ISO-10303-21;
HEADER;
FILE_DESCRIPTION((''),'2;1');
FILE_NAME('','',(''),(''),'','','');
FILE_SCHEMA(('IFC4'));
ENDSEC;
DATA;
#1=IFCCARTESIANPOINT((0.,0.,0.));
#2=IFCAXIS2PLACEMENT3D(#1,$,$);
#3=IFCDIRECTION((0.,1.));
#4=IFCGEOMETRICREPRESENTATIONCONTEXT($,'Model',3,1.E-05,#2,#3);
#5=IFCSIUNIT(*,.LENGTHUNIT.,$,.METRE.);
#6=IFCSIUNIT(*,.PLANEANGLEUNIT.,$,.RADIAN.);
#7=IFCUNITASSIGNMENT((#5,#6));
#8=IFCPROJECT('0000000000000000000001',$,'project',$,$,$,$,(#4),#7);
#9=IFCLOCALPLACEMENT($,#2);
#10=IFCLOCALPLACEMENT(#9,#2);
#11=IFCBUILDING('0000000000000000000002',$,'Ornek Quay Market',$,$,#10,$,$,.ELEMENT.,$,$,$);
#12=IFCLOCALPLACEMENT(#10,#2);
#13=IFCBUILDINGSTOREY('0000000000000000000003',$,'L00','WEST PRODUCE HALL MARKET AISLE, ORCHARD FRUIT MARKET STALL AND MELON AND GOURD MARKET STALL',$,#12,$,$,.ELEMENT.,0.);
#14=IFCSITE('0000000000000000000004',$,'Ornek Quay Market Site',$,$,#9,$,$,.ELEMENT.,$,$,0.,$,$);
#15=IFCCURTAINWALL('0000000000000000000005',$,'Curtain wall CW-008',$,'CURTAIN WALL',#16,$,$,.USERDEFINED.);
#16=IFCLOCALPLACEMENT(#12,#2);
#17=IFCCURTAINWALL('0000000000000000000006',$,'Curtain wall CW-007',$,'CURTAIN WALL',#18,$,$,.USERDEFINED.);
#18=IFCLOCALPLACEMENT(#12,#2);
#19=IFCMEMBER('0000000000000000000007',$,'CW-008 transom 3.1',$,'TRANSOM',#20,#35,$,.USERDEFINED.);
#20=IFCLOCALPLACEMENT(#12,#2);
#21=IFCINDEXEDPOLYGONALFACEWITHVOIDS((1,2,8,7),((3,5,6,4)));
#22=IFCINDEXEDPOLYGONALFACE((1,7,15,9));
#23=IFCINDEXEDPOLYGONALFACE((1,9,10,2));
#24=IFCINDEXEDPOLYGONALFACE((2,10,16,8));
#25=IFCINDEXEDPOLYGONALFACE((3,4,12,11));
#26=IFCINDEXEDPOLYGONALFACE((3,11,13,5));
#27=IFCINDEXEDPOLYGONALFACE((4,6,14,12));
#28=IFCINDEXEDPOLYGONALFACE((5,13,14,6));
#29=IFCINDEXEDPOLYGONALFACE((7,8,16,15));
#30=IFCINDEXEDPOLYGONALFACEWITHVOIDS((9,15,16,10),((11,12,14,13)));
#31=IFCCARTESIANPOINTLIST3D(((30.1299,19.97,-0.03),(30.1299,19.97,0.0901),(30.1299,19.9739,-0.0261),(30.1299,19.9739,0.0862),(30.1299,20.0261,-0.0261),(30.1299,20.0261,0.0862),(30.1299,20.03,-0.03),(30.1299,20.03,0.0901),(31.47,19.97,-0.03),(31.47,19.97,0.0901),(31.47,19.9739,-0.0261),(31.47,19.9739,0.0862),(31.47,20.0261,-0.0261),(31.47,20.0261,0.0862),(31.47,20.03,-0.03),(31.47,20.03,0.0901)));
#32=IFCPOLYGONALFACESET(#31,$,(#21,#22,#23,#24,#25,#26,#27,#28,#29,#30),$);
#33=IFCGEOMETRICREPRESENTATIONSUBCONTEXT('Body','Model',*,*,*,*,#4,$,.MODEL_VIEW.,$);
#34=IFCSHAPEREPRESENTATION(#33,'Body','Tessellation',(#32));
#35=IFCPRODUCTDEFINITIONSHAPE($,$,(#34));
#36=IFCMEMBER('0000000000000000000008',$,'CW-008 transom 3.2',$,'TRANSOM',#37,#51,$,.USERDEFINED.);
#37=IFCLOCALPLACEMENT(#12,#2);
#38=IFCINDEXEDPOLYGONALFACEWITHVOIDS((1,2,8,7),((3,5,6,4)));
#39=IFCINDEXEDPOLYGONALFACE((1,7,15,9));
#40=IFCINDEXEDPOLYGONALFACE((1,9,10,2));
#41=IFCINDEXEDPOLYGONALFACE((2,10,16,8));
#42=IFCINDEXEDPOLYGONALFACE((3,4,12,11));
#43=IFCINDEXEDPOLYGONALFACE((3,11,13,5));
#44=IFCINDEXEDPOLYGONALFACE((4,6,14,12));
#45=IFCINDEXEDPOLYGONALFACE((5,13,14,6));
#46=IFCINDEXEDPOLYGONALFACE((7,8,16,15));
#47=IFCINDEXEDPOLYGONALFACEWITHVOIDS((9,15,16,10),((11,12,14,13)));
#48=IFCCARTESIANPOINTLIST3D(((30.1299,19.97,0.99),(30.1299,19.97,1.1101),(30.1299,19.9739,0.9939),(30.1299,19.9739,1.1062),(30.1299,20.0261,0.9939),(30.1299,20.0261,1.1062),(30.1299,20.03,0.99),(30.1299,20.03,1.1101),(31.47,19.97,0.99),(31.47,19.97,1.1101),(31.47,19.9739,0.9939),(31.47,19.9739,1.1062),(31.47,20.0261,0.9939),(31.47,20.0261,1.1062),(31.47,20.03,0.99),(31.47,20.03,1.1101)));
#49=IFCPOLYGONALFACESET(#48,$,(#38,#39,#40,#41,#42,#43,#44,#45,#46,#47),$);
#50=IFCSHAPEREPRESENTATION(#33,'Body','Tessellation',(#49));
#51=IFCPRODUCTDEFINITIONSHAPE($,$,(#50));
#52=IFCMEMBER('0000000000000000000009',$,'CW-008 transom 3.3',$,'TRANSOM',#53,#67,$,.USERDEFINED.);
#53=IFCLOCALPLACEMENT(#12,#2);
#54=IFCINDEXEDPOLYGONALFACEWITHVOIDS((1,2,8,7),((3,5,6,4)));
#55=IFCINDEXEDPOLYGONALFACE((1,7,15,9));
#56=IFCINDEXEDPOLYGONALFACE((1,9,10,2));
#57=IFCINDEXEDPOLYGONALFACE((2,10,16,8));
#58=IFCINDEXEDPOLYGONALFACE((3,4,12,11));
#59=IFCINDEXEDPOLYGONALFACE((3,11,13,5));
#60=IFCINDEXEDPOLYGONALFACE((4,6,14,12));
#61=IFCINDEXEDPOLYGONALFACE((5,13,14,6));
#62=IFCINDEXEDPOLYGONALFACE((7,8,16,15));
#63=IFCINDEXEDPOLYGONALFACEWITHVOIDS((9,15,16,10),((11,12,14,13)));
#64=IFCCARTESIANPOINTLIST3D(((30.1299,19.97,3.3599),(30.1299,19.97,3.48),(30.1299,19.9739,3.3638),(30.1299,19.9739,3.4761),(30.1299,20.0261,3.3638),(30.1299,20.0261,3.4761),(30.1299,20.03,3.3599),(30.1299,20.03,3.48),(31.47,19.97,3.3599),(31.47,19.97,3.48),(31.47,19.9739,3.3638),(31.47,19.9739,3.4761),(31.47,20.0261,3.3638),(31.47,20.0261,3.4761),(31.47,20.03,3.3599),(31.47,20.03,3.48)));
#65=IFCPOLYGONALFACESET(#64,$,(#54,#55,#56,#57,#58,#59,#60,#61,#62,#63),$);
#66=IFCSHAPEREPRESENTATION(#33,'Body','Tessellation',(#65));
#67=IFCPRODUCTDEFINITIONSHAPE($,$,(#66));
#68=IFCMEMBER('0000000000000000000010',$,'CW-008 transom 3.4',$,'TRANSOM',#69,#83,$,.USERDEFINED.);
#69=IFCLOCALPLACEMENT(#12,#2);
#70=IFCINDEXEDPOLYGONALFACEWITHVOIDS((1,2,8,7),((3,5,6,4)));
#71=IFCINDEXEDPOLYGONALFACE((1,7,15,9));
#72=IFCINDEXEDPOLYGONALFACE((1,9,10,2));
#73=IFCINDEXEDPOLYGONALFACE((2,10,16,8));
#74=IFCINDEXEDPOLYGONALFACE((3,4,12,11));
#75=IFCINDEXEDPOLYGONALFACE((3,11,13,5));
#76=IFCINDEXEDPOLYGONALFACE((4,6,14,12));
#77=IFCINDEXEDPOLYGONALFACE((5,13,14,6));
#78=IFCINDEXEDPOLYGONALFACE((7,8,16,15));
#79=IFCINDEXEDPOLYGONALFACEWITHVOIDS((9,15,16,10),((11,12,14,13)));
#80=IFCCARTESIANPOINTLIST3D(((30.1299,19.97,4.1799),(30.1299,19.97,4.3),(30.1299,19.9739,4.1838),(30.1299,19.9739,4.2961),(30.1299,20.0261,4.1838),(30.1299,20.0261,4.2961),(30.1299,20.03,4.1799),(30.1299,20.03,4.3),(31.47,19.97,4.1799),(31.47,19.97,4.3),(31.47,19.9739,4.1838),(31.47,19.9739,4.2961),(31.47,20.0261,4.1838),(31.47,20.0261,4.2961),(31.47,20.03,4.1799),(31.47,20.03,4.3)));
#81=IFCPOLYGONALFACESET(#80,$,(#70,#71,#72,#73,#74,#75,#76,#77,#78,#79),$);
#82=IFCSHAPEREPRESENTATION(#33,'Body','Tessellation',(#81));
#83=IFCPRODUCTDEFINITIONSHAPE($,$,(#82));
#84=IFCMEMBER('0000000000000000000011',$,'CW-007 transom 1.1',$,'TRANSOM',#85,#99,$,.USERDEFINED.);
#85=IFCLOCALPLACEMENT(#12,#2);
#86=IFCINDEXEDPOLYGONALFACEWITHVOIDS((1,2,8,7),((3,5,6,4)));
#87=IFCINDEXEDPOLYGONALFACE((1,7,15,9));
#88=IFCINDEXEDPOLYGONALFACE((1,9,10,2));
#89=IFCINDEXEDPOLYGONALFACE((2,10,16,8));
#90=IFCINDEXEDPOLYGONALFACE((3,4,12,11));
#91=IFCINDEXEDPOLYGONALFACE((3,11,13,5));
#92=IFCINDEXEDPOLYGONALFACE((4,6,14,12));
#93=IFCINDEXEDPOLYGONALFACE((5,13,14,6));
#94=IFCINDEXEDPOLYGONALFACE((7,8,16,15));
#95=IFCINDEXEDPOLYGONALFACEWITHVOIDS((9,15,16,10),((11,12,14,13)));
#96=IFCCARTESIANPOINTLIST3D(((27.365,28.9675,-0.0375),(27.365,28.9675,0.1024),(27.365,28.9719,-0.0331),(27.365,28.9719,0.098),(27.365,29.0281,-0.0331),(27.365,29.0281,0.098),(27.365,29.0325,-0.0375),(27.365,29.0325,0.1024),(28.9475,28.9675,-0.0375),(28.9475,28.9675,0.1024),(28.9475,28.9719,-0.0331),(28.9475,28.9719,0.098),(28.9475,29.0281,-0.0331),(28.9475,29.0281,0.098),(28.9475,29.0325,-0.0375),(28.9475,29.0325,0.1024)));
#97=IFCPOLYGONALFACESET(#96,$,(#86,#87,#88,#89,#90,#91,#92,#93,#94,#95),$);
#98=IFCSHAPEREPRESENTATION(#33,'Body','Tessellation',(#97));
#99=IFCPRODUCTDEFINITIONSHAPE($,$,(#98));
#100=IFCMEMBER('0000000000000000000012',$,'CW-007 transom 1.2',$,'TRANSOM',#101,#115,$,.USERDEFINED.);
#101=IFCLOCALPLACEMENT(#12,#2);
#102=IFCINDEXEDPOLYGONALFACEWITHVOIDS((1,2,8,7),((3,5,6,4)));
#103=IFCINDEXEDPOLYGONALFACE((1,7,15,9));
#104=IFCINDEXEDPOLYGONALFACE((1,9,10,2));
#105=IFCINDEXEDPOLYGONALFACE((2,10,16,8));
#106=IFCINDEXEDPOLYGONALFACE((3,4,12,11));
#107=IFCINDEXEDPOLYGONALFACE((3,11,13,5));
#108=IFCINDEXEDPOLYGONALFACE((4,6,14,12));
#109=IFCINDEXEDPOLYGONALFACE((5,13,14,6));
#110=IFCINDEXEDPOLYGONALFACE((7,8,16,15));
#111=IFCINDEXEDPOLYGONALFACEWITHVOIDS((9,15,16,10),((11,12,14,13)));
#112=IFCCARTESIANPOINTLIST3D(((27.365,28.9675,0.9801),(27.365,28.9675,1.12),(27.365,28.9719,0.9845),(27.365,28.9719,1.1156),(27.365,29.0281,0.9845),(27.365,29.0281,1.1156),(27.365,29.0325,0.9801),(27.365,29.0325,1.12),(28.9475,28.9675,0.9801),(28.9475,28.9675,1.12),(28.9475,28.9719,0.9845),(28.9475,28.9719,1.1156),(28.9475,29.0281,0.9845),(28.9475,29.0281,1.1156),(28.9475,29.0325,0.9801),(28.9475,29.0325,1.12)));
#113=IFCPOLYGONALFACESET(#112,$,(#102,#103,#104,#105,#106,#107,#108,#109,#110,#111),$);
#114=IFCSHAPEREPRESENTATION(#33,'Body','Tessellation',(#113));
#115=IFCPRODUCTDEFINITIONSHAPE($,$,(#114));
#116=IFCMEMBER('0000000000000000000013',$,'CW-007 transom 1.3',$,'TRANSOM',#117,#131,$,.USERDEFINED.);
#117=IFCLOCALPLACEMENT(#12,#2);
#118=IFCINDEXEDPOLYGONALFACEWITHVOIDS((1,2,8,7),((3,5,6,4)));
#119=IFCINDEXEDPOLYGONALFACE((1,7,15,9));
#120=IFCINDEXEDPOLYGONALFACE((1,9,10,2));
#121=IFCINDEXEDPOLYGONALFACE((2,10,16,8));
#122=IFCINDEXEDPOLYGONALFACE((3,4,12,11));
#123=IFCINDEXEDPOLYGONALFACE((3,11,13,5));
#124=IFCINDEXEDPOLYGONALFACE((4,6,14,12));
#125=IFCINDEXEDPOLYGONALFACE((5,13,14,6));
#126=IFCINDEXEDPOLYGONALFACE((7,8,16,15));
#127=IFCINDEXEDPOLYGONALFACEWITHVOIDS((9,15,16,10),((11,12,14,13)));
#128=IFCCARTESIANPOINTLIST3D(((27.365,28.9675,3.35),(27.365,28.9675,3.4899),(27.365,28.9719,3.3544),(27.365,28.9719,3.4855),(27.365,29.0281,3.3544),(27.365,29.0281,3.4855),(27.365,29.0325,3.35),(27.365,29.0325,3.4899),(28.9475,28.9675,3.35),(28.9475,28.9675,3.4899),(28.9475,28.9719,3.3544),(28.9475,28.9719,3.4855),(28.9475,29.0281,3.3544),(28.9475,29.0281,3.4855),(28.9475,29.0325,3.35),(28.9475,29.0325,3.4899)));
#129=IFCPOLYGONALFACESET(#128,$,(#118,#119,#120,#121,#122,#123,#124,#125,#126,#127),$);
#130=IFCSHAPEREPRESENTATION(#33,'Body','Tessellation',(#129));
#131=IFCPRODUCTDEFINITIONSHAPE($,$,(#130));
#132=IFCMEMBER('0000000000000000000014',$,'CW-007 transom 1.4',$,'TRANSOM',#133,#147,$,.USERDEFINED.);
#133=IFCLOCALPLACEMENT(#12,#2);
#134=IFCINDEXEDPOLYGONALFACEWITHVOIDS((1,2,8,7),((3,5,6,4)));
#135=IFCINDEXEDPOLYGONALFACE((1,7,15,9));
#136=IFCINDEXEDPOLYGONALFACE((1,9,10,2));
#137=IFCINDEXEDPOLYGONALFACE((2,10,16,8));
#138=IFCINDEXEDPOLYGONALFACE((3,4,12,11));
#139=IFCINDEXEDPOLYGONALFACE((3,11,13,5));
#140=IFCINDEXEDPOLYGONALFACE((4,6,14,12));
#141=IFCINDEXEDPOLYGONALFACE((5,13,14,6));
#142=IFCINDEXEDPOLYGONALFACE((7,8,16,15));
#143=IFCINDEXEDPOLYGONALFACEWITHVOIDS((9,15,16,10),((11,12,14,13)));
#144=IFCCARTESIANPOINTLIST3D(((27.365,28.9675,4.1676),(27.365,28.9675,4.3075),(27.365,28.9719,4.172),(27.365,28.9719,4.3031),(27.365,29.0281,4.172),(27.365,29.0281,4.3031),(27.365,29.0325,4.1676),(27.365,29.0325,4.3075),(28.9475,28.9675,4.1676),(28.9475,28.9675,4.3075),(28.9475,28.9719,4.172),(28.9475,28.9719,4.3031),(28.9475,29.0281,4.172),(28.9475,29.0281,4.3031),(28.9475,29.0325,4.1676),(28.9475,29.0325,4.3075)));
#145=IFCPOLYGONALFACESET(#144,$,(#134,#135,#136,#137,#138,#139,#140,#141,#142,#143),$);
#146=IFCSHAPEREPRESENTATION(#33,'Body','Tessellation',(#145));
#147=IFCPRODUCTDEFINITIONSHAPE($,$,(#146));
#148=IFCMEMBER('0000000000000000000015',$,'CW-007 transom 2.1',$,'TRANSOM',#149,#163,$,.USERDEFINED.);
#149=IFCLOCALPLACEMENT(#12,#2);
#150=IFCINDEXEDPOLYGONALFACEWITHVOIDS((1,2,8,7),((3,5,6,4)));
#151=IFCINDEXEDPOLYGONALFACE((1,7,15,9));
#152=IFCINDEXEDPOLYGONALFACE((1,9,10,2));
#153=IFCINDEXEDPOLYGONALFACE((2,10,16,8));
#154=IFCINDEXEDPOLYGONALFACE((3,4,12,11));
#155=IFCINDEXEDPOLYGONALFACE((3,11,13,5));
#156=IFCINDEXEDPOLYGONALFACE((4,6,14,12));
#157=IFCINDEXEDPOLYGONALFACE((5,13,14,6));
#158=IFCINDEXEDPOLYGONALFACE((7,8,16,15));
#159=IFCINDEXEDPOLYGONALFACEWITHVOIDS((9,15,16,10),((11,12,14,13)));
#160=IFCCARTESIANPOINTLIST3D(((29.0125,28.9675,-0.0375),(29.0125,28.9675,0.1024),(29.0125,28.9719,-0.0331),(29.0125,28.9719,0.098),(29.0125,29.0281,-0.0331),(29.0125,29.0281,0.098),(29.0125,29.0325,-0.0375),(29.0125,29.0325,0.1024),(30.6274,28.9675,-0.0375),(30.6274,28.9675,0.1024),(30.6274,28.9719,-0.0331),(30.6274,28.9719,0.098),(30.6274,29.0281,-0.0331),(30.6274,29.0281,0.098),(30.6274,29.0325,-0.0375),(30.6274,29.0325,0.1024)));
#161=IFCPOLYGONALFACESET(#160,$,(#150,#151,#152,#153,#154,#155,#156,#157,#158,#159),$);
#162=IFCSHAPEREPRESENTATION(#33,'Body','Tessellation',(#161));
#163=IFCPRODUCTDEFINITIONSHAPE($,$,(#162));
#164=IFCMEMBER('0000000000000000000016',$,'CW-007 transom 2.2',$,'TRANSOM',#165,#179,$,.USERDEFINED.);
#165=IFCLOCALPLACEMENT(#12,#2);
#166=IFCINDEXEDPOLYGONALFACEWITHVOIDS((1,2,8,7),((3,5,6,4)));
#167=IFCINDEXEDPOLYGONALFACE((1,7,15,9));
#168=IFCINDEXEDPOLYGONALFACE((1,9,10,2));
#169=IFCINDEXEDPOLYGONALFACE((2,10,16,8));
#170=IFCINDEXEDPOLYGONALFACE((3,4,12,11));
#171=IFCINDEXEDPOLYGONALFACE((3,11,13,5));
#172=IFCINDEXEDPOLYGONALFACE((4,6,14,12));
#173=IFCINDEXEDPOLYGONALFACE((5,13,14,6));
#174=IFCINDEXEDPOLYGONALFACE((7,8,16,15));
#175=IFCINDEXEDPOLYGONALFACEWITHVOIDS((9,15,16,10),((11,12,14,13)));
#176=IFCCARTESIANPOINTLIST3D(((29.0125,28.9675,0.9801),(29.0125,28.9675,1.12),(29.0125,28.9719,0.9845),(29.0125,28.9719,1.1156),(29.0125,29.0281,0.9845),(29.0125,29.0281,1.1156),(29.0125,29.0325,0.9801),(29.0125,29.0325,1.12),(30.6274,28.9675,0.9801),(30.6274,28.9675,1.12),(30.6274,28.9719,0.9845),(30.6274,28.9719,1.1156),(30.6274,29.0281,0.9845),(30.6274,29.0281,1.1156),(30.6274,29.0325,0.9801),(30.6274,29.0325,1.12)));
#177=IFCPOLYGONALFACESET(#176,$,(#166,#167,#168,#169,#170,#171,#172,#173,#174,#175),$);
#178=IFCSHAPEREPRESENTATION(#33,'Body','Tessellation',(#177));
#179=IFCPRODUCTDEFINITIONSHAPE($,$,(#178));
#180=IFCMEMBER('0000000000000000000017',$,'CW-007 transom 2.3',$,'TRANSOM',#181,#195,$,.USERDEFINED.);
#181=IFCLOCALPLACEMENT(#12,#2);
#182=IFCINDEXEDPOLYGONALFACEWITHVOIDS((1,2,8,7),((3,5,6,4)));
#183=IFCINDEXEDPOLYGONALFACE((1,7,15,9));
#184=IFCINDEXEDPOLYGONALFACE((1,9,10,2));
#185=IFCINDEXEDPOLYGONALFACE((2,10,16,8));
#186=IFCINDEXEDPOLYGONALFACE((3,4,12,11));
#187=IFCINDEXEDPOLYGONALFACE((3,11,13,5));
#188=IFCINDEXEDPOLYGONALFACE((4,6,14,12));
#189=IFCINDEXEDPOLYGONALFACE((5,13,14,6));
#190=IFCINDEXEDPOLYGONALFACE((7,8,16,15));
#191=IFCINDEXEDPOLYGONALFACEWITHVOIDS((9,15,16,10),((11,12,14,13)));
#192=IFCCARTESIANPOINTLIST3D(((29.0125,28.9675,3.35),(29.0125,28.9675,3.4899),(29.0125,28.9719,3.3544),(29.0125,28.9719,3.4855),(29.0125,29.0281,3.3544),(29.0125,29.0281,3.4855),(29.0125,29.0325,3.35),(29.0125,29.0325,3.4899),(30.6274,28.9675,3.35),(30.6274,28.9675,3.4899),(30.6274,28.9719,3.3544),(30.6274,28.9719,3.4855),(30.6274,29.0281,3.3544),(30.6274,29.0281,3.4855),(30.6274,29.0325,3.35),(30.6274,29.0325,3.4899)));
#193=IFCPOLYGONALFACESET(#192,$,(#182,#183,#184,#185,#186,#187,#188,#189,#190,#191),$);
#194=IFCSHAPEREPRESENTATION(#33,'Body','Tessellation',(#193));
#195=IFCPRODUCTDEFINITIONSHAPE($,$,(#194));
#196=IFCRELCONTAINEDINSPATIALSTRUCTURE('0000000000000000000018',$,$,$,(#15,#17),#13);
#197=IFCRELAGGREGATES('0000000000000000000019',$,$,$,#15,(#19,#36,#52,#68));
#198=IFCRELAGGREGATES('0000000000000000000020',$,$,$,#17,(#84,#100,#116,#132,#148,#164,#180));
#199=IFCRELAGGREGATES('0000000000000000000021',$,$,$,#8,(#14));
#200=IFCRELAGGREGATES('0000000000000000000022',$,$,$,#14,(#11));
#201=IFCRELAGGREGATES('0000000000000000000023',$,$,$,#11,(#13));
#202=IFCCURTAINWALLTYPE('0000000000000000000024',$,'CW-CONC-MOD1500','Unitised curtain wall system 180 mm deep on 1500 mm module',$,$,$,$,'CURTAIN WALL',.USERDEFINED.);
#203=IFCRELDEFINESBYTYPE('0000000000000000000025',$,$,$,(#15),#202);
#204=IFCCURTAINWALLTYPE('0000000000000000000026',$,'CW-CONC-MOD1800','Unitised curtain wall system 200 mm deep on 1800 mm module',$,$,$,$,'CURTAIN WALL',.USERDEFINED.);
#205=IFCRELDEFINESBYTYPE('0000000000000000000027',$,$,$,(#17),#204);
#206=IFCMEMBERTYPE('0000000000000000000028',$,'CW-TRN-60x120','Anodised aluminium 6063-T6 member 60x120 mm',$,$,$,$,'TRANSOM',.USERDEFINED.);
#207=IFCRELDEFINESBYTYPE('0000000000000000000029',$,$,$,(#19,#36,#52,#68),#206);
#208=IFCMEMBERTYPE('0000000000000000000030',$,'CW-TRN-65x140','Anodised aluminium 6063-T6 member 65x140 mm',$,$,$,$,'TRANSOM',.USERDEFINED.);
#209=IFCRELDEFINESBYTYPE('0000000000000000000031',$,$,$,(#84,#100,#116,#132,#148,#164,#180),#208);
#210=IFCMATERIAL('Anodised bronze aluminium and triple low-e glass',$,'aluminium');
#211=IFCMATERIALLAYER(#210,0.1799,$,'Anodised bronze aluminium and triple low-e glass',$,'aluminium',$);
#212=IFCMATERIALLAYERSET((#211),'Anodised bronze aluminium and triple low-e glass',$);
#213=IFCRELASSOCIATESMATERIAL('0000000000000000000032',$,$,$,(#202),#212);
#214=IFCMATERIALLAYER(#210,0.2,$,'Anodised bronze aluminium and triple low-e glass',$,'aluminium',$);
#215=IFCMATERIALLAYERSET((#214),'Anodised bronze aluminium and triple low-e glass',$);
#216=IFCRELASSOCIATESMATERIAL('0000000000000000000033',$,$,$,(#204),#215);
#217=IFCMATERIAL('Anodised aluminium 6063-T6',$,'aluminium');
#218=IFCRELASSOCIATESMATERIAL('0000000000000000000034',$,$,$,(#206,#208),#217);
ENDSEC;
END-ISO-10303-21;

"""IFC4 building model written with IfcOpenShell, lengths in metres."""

from ifc_helpers import new_model, si_unit, direction, frame, origin, origin_2d, place, context, subcontext, project, spatial, hollow_rectangle, extrude, material, layer, layer_set, material_profile, profile_set, type_object, element, aggregate, save


model = new_model("IFC4")

# Units and contexts
model_context = context("Model", 3, precision=1e-05, world=origin(), true_north=direction((0.0, 1.0)))
body_context = subcontext(model_context, "Body", "Model", "MODEL_VIEW")
ifc_project = project(units=[si_unit("LENGTHUNIT", "METRE"), si_unit("PLANEANGLEUNIT", "RADIAN")], contexts=[model_context])

# Site, building, storey
site_placement = place(None, origin())
site = spatial("IfcSite", under=ifc_project, at=site_placement, Name="Ornek Quay Market Site", CompositionType="ELEMENT", RefElevation=0.0)
building_placement = place(site_placement, origin())
building = spatial("IfcBuilding", under=site, at=building_placement, Name="Ornek Quay Market", CompositionType="ELEMENT")
storey_placement = place(building_placement, origin())
storey = spatial("IfcBuildingStorey", under=building, at=storey_placement, Name="L00", Description="WEST PRODUCE HALL MARKET AISLE, ORCHARD FRUIT MARKET STALL AND MELON AND GOURD MARKET STALL", CompositionType="ELEMENT", Elevation=0.0)

# Curtain walls
ifc_material_1 = material(Name="Anodised bronze aluminium and triple low-e glass", Category="aluminium")
ifc_layer_1 = layer(ifc_material_1, 0.1799, Name="Anodised bronze aluminium and triple low-e glass", Category="aluminium")
ifc_layer_set_1 = layer_set([ifc_layer_1], Name="Anodised bronze aluminium and triple low-e glass")
curtain_wall_type_1 = type_object("IfcCurtainWallType", Name="CW-CONC-MOD1500", Description="Unitised curtain wall system 180 mm deep on 1500 mm module", ElementType="CURTAIN WALL", PredefinedType="USERDEFINED", material=ifc_layer_set_1)
curtain_wall_1_placement = place(storey_placement, origin())
curtain_wall_1 = element("IfcCurtainWall", 1, at=curtain_wall_1_placement, inside=storey, type_object=curtain_wall_type_1, Name="Curtain wall CW-008", ObjectType="CURTAIN WALL", PredefinedType="USERDEFINED")
ifc_material_2 = material(Name="Anodised aluminium 6063-T6", Category="aluminium")
ifc_layer_2 = layer(ifc_material_1, 0.2, Name="Anodised bronze aluminium and triple low-e glass", Category="aluminium")
ifc_layer_set_2 = layer_set([ifc_layer_2], Name="Anodised bronze aluminium and triple low-e glass")
curtain_wall_type_2 = type_object("IfcCurtainWallType", Name="CW-CONC-MOD1800", Description="Unitised curtain wall system 200 mm deep on 1800 mm module", ElementType="CURTAIN WALL", PredefinedType="USERDEFINED", material=ifc_layer_set_2)
curtain_wall_2_placement = place(storey_placement, origin())
curtain_wall_2 = element("IfcCurtainWall", 2, at=curtain_wall_2_placement, inside=storey, type_object=curtain_wall_type_2, Name="Curtain wall CW-007", ObjectType="CURTAIN WALL", PredefinedType="USERDEFINED")

# Members
ifc_material_profile_1 = material_profile(ifc_material_2, hollow_rectangle(XDim=0.0601, YDim=0.1201, WallThickness=0.0039, at=origin_2d()), Name="CW-TRN-60x120", Category="aluminium")
ifc_profile_set_1 = profile_set([ifc_material_profile_1], Name="Anodised aluminium 6063-T6")
member_type_1 = type_object("IfcMemberType", Name="CW-TRN-60x120", Description="Anodised aluminium 6063-T6 member 60x120 mm", ElementType="TRANSOM", PredefinedType="USERDEFINED", material=ifc_profile_set_1)
member_1_placement = place(storey_placement, frame((30.1299, 20.0, 0.03), z_axis=(1.0, 0.0, 0.0), x_axis=(0.0, 1.0, 0.0)))
member_1 = element("IfcMember", 3, at=member_1_placement, type_object=member_type_1, Name="CW-008 transom 3.1", ObjectType="TRANSOM", PredefinedType="USERDEFINED", context=body_context, shape_type="SweptSolid", body=[
    extrude(hollow_rectangle(XDim=0.0601, YDim=0.1201, WallThickness=0.0039, at=origin_2d()), origin(), (0.0, 0.0, 1.0), 1.3401),
])
member_2_placement = place(storey_placement, frame((30.1299, 20.0, 1.05), z_axis=(1.0, 0.0, 0.0), x_axis=(0.0, 1.0, 0.0)))
member_2 = element("IfcMember", 4, at=member_2_placement, type_object=member_type_1, Name="CW-008 transom 3.2", ObjectType="TRANSOM", PredefinedType="USERDEFINED", context=body_context, shape_type="SweptSolid", body=[
    extrude(hollow_rectangle(XDim=0.0601, YDim=0.1201, WallThickness=0.0039, at=origin_2d()), origin(), (0.0, 0.0, 1.0), 1.3401),
])
member_3_placement = place(storey_placement, frame((30.1299, 20.0, 3.4199), z_axis=(1.0, 0.0, 0.0), x_axis=(0.0, 1.0, 0.0)))
member_3 = element("IfcMember", 5, at=member_3_placement, type_object=member_type_1, Name="CW-008 transom 3.3", ObjectType="TRANSOM", PredefinedType="USERDEFINED", context=body_context, shape_type="SweptSolid", body=[
    extrude(hollow_rectangle(XDim=0.0601, YDim=0.1201, WallThickness=0.0039, at=origin_2d()), origin(), (0.0, 0.0, 1.0), 1.3401),
])
member_4_placement = place(storey_placement, frame((30.1299, 20.0, 4.24), z_axis=(1.0, 0.0, 0.0), x_axis=(0.0, 1.0, 0.0)))
member_4 = element("IfcMember", 6, at=member_4_placement, type_object=member_type_1, Name="CW-008 transom 3.4", ObjectType="TRANSOM", PredefinedType="USERDEFINED", context=body_context, shape_type="SweptSolid", body=[
    extrude(hollow_rectangle(XDim=0.0601, YDim=0.1201, WallThickness=0.0039, at=origin_2d()), origin(), (0.0, 0.0, 1.0), 1.3401),
])
ifc_material_profile_2 = material_profile(ifc_material_2, hollow_rectangle(XDim=0.0649, YDim=0.1399, WallThickness=0.0044, at=origin_2d()), Name="CW-TRN-65x140", Category="aluminium")
ifc_profile_set_2 = profile_set([ifc_material_profile_2], Name="Anodised aluminium 6063-T6")
member_type_2 = type_object("IfcMemberType", Name="CW-TRN-65x140", Description="Anodised aluminium 6063-T6 member 65x140 mm", ElementType="TRANSOM", PredefinedType="USERDEFINED", material=ifc_profile_set_2)
member_5_placement = place(storey_placement, frame((27.365, 29.0, 0.0325), z_axis=(1.0, 0.0, 0.0), x_axis=(0.0, 1.0, 0.0)))
member_5 = element("IfcMember", 7, at=member_5_placement, type_object=member_type_2, Name="CW-007 transom 1.1", ObjectType="TRANSOM", PredefinedType="USERDEFINED", context=body_context, shape_type="SweptSolid", body=[
    extrude(hollow_rectangle(XDim=0.0649, YDim=0.1399, WallThickness=0.0044, at=origin_2d()), origin(), (0.0, 0.0, 1.0), 1.5825),
])
member_6_placement = place(storey_placement, frame((27.365, 29.0, 1.05), z_axis=(1.0, 0.0, 0.0), x_axis=(0.0, 1.0, 0.0)))
member_6 = element("IfcMember", 8, at=member_6_placement, type_object=member_type_2, Name="CW-007 transom 1.2", ObjectType="TRANSOM", PredefinedType="USERDEFINED", context=body_context, shape_type="SweptSolid", body=[
    extrude(hollow_rectangle(XDim=0.0649, YDim=0.1399, WallThickness=0.0044, at=origin_2d()), origin(), (0.0, 0.0, 1.0), 1.5825),
])
member_7_placement = place(storey_placement, frame((27.365, 29.0, 3.4199), z_axis=(1.0, 0.0, 0.0), x_axis=(0.0, 1.0, 0.0)))
member_7 = element("IfcMember", 9, at=member_7_placement, type_object=member_type_2, Name="CW-007 transom 1.3", ObjectType="TRANSOM", PredefinedType="USERDEFINED", context=body_context, shape_type="SweptSolid", body=[
    extrude(hollow_rectangle(XDim=0.0649, YDim=0.1399, WallThickness=0.0044, at=origin_2d()), origin(), (0.0, 0.0, 1.0), 1.5825),
])
member_8_placement = place(storey_placement, frame((27.365, 29.0, 4.2375), z_axis=(1.0, 0.0, 0.0), x_axis=(0.0, 1.0, 0.0)))
member_8 = element("IfcMember", 10, at=member_8_placement, type_object=member_type_2, Name="CW-007 transom 1.4", ObjectType="TRANSOM", PredefinedType="USERDEFINED", context=body_context, shape_type="SweptSolid", body=[
    extrude(hollow_rectangle(XDim=0.0649, YDim=0.1399, WallThickness=0.0044, at=origin_2d()), origin(), (0.0, 0.0, 1.0), 1.5825),
])
member_9_placement = place(storey_placement, frame((29.0125, 29.0, 0.0325), z_axis=(1.0, 0.0, 0.0), x_axis=(0.0, 1.0, 0.0)))
member_9 = element("IfcMember", 11, at=member_9_placement, type_object=member_type_2, Name="CW-007 transom 2.1", ObjectType="TRANSOM", PredefinedType="USERDEFINED", context=body_context, shape_type="SweptSolid", body=[
    extrude(hollow_rectangle(XDim=0.0649, YDim=0.1399, WallThickness=0.0044, at=origin_2d()), origin(), (0.0, 0.0, 1.0), 1.615),
])
member_10_placement = place(storey_placement, frame((29.0125, 29.0, 1.05), z_axis=(1.0, 0.0, 0.0), x_axis=(0.0, 1.0, 0.0)))
member_10 = element("IfcMember", 12, at=member_10_placement, type_object=member_type_2, Name="CW-007 transom 2.2", ObjectType="TRANSOM", PredefinedType="USERDEFINED", context=body_context, shape_type="SweptSolid", body=[
    extrude(hollow_rectangle(XDim=0.0649, YDim=0.1399, WallThickness=0.0044, at=origin_2d()), origin(), (0.0, 0.0, 1.0), 1.615),
])
member_11_placement = place(storey_placement, frame((29.0125, 29.0, 3.4199), z_axis=(1.0, 0.0, 0.0), x_axis=(0.0, 1.0, 0.0)))
member_11 = element("IfcMember", 13, at=member_11_placement, type_object=member_type_2, Name="CW-007 transom 2.3", ObjectType="TRANSOM", PredefinedType="USERDEFINED", context=body_context, shape_type="SweptSolid", body=[
    extrude(hollow_rectangle(XDim=0.0649, YDim=0.1399, WallThickness=0.0044, at=origin_2d()), origin(), (0.0, 0.0, 1.0), 1.615),
])

aggregate(curtain_wall_1, [member_1, member_2, member_3, member_4])
aggregate(curtain_wall_2, [member_5, member_6, member_7, member_8, member_9, member_10, member_11])

save(model, "model.ifc")
